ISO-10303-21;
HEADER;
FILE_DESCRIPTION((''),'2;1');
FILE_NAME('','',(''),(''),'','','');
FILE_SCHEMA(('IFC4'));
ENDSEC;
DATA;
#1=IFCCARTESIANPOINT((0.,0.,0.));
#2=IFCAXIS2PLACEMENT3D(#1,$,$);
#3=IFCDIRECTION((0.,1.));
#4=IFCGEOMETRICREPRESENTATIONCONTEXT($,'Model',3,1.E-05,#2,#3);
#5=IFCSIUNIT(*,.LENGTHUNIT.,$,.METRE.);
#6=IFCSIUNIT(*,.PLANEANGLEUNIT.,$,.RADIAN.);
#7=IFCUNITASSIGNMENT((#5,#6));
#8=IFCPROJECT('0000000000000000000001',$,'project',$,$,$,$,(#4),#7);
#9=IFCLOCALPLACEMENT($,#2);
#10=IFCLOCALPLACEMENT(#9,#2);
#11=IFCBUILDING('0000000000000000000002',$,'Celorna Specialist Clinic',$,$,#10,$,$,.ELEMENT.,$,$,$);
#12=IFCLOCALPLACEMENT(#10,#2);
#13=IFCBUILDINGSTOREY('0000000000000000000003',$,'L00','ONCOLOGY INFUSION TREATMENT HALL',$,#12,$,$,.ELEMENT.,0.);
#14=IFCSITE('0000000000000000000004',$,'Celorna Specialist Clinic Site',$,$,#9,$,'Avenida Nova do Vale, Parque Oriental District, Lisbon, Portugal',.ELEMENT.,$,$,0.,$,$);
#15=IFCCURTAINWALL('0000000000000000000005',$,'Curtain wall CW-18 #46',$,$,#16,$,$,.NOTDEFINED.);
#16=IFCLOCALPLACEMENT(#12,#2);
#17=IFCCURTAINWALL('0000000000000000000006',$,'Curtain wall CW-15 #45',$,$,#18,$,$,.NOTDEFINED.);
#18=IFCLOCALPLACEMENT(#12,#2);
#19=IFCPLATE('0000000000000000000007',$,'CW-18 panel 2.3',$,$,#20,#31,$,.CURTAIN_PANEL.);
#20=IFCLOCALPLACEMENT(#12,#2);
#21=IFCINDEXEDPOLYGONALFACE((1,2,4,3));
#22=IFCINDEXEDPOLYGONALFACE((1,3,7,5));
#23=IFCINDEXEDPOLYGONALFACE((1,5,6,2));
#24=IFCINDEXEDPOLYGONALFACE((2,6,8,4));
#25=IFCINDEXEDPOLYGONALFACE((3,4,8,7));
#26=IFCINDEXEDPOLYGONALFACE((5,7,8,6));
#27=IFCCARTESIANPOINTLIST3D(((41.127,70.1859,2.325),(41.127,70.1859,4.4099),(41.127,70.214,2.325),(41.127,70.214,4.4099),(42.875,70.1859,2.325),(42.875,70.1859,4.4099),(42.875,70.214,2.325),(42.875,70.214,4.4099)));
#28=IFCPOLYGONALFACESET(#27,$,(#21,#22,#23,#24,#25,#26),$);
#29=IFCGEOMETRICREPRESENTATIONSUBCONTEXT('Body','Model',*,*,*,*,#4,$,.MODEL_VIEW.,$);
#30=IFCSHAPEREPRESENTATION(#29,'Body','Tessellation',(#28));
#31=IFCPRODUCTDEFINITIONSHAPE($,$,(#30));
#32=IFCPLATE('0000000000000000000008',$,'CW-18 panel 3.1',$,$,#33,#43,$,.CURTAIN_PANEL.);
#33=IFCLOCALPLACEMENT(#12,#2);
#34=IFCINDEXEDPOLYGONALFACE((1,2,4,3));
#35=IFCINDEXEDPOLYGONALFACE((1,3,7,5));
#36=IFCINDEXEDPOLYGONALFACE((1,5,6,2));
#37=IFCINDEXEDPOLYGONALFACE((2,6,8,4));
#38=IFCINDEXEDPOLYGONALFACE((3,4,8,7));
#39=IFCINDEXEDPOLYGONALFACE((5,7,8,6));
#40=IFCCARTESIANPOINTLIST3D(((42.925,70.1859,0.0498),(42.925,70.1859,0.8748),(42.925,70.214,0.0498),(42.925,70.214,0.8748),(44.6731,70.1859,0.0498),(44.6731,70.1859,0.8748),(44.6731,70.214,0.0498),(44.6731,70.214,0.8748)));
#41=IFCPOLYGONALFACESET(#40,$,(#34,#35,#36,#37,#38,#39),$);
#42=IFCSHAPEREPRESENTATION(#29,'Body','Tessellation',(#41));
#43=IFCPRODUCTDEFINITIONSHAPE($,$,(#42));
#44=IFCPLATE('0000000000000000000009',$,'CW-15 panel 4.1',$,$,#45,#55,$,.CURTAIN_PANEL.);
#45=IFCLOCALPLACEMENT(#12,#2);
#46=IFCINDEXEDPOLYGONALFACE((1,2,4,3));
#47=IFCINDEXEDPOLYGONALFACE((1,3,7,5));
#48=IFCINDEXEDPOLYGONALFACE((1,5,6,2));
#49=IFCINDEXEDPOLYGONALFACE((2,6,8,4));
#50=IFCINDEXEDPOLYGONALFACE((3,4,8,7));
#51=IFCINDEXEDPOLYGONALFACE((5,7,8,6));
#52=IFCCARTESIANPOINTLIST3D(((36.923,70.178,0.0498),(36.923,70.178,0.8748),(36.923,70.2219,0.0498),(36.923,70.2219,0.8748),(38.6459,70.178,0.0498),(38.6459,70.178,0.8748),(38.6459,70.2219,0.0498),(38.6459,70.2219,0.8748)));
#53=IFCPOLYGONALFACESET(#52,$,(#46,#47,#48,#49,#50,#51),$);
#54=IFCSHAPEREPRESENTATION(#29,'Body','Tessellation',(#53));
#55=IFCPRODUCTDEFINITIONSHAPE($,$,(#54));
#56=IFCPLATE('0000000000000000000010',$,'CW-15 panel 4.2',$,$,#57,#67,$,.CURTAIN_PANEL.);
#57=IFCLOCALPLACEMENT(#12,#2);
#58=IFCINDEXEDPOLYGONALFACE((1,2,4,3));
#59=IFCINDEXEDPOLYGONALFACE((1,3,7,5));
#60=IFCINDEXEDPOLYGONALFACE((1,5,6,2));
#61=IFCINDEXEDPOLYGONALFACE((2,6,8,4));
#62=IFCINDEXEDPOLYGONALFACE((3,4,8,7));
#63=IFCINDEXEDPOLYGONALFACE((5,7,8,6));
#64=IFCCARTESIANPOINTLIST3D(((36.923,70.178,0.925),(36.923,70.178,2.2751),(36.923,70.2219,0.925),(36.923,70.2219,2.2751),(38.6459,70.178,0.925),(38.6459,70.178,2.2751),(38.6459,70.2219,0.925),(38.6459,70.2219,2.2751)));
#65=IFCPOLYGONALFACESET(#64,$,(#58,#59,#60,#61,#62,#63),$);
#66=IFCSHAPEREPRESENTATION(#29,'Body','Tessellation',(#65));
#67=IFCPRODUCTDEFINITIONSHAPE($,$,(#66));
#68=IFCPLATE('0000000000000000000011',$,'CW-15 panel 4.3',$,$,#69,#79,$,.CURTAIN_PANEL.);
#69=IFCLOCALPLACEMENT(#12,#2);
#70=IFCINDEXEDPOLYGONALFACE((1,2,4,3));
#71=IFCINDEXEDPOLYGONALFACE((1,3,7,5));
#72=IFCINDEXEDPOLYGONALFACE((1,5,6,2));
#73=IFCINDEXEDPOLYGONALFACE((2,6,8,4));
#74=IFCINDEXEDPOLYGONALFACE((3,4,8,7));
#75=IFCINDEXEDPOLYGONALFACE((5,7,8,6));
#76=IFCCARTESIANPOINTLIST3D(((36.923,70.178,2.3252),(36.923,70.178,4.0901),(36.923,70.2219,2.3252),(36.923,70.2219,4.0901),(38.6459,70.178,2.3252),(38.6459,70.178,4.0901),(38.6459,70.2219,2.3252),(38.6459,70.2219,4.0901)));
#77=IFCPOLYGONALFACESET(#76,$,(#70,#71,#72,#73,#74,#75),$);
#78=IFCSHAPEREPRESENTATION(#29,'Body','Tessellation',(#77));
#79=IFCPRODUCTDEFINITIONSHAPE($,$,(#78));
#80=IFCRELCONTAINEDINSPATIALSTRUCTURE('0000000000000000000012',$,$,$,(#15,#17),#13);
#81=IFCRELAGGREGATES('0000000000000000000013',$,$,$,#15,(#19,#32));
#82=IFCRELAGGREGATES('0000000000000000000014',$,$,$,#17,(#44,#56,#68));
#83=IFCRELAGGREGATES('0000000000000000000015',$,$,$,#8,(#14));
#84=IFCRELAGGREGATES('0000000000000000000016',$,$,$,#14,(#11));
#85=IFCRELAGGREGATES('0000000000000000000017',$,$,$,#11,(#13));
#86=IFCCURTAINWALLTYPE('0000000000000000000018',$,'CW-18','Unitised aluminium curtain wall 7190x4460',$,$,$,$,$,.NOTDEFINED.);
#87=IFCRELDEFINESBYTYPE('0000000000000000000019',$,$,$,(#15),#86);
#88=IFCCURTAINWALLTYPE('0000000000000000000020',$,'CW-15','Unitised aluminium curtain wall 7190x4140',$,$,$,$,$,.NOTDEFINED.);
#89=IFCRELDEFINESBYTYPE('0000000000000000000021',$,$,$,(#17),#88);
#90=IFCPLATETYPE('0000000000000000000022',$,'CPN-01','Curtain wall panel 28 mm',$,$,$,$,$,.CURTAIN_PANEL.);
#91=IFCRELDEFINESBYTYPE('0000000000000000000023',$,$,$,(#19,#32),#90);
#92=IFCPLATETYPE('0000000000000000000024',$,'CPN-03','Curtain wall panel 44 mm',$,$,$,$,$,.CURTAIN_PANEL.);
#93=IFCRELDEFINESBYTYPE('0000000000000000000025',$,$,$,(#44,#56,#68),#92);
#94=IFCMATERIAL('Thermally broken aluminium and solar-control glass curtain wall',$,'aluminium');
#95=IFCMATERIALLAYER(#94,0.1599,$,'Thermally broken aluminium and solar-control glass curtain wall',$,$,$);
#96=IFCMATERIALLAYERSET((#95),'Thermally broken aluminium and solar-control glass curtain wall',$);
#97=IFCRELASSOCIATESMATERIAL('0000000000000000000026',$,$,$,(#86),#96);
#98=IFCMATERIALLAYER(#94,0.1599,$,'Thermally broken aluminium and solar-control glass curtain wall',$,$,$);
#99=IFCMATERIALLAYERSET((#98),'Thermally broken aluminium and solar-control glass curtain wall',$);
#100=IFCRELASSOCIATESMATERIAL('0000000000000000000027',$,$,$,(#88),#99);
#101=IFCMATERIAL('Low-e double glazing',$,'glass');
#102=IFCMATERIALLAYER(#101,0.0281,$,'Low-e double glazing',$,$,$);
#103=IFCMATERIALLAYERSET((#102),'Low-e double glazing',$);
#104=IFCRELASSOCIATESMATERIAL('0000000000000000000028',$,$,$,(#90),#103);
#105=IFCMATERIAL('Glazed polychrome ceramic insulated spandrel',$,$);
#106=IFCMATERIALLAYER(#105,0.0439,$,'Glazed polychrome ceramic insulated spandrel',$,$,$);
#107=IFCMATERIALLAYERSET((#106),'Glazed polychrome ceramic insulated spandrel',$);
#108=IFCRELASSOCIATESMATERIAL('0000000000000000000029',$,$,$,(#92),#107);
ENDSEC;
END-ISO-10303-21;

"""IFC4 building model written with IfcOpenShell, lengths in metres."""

from ifc_helpers import new_model, si_unit, direction, frame, origin, origin_2d, place, context, subcontext, project, spatial, rectangle, extrude, material, layer, layer_set, type_object, element, aggregate, save


model = new_model("IFC4")

# Units and contexts
model_context = context("Model", 3, precision=1e-05, world=origin(), true_north=direction((0.0, 1.0)))
body_context = subcontext(model_context, "Body", "Model", "MODEL_VIEW")
ifc_project = project(units=[si_unit("LENGTHUNIT", "METRE"), si_unit("PLANEANGLEUNIT", "RADIAN")], contexts=[model_context])

# Site, building, storey
site_placement = place(None, origin())
site = spatial("IfcSite", under=ifc_project, at=site_placement, Name="Celorna Specialist Clinic Site", LongName="Avenida Nova do Vale, Parque Oriental District, Lisbon, Portugal", CompositionType="ELEMENT", RefElevation=0.0)
building_placement = place(site_placement, origin())
building = spatial("IfcBuilding", under=site, at=building_placement, Name="Celorna Specialist Clinic", CompositionType="ELEMENT")
storey_placement = place(building_placement, origin())
storey = spatial("IfcBuildingStorey", under=building, at=storey_placement, Name="L00", Description="ONCOLOGY INFUSION TREATMENT HALL", CompositionType="ELEMENT", Elevation=0.0)

# Curtain walls
ifc_material_1 = material(Name="Thermally broken aluminium and solar-control glass curtain wall", Category="aluminium")
ifc_layer_1 = layer(ifc_material_1, 0.1599, Name="Thermally broken aluminium and solar-control glass curtain wall")
ifc_layer_set_1 = layer_set([ifc_layer_1], Name="Thermally broken aluminium and solar-control glass curtain wall")
curtain_wall_type_1 = type_object("IfcCurtainWallType", Name="CW-18", Description="Unitised aluminium curtain wall 7190x4460", PredefinedType="NOTDEFINED", material=ifc_layer_set_1)
curtain_wall_1_placement = place(storey_placement, origin())
curtain_wall_1 = element("IfcCurtainWall", 1, at=curtain_wall_1_placement, inside=storey, type_object=curtain_wall_type_1, Name="Curtain wall CW-18 #46", PredefinedType="NOTDEFINED")
ifc_layer_2 = layer(ifc_material_1, 0.1599, Name="Thermally broken aluminium and solar-control glass curtain wall")
ifc_layer_set_2 = layer_set([ifc_layer_2], Name="Thermally broken aluminium and solar-control glass curtain wall")
curtain_wall_type_2 = type_object("IfcCurtainWallType", Name="CW-15", Description="Unitised aluminium curtain wall 7190x4140", PredefinedType="NOTDEFINED", material=ifc_layer_set_2)
curtain_wall_2_placement = place(storey_placement, origin())
curtain_wall_2 = element("IfcCurtainWall", 2, at=curtain_wall_2_placement, inside=storey, type_object=curtain_wall_type_2, Name="Curtain wall CW-15 #45", PredefinedType="NOTDEFINED")

# Plates
ifc_material_2 = material(Name="Low-e double glazing", Category="glass")
ifc_layer_3 = layer(ifc_material_2, 0.0281, Name="Low-e double glazing")
ifc_layer_set_3 = layer_set([ifc_layer_3], Name="Low-e double glazing")
plate_type_1 = type_object("IfcPlateType", Name="CPN-01", Description="Curtain wall panel 28 mm", PredefinedType="CURTAIN_PANEL", material=ifc_layer_set_3)
plate_1_placement = place(storey_placement, frame((42.001, 70.2, 2.325), z_axis=(0.0, 0.0, 1.0), x_axis=(1.0, 0.0, 0.0)))
plate_1 = element("IfcPlate", 3, at=plate_1_placement, type_object=plate_type_1, Name="CW-18 panel 2.3", PredefinedType="CURTAIN_PANEL", context=body_context, shape_type="SweptSolid", body=[
    extrude(rectangle(XDim=1.748, YDim=0.0281, at=origin_2d()), origin(), (0.0, 0.0, 1.0), 2.085),
])
plate_2_placement = place(storey_placement, frame((43.7991, 70.2, 0.0498), z_axis=(0.0, 0.0, 1.0), x_axis=(1.0, 0.0, 0.0)))
plate_2 = element("IfcPlate", 4, at=plate_2_placement, type_object=plate_type_1, Name="CW-18 panel 3.1", PredefinedType="CURTAIN_PANEL", context=body_context, shape_type="SweptSolid", body=[
    extrude(rectangle(XDim=1.748, YDim=0.0281, at=origin_2d()), origin(), (0.0, 0.0, 1.0), 0.825),
])
aggregate(curtain_wall_1, [plate_1, plate_2])
ifc_material_3 = material(Name="Glazed polychrome ceramic insulated spandrel")
ifc_layer_4 = layer(ifc_material_3, 0.0439, Name="Glazed polychrome ceramic insulated spandrel")
ifc_layer_set_4 = layer_set([ifc_layer_4], Name="Glazed polychrome ceramic insulated spandrel")
plate_type_2 = type_object("IfcPlateType", Name="CPN-03", Description="Curtain wall panel 44 mm", PredefinedType="CURTAIN_PANEL", material=ifc_layer_set_4)
plate_3_placement = place(storey_placement, frame((37.7844, 70.2, 0.0498), z_axis=(0.0, 0.0, 1.0), x_axis=(1.0, 0.0, 0.0)))
plate_3 = element("IfcPlate", 5, at=plate_3_placement, type_object=plate_type_2, Name="CW-15 panel 4.1", PredefinedType="CURTAIN_PANEL", context=body_context, shape_type="SweptSolid", body=[
    extrude(rectangle(XDim=1.7229, YDim=0.0439, at=origin_2d()), origin(), (0.0, 0.0, 1.0), 0.825),
])
plate_4_placement = place(storey_placement, frame((37.7844, 70.2, 0.925), z_axis=(0.0, 0.0, 1.0), x_axis=(1.0, 0.0, 0.0)))
plate_4 = element("IfcPlate", 6, at=plate_4_placement, type_object=plate_type_2, Name="CW-15 panel 4.2", PredefinedType="CURTAIN_PANEL", context=body_context, shape_type="SweptSolid", body=[
    extrude(rectangle(XDim=1.7229, YDim=0.0439, at=origin_2d()), origin(), (0.0, 0.0, 1.0), 1.3501),
])
plate_5_placement = place(storey_placement, frame((37.7844, 70.2, 2.3252), z_axis=(0.0, 0.0, 1.0), x_axis=(1.0, 0.0, 0.0)))
plate_5 = element("IfcPlate", 7, at=plate_5_placement, type_object=plate_type_2, Name="CW-15 panel 4.3", PredefinedType="CURTAIN_PANEL", context=body_context, shape_type="SweptSolid", body=[
    extrude(rectangle(XDim=1.7229, YDim=0.0439, at=origin_2d()), origin(), (0.0, 0.0, 1.0), 1.7649),
])
aggregate(curtain_wall_2, [plate_3, plate_4, plate_5])

save(model, "model.ifc")
